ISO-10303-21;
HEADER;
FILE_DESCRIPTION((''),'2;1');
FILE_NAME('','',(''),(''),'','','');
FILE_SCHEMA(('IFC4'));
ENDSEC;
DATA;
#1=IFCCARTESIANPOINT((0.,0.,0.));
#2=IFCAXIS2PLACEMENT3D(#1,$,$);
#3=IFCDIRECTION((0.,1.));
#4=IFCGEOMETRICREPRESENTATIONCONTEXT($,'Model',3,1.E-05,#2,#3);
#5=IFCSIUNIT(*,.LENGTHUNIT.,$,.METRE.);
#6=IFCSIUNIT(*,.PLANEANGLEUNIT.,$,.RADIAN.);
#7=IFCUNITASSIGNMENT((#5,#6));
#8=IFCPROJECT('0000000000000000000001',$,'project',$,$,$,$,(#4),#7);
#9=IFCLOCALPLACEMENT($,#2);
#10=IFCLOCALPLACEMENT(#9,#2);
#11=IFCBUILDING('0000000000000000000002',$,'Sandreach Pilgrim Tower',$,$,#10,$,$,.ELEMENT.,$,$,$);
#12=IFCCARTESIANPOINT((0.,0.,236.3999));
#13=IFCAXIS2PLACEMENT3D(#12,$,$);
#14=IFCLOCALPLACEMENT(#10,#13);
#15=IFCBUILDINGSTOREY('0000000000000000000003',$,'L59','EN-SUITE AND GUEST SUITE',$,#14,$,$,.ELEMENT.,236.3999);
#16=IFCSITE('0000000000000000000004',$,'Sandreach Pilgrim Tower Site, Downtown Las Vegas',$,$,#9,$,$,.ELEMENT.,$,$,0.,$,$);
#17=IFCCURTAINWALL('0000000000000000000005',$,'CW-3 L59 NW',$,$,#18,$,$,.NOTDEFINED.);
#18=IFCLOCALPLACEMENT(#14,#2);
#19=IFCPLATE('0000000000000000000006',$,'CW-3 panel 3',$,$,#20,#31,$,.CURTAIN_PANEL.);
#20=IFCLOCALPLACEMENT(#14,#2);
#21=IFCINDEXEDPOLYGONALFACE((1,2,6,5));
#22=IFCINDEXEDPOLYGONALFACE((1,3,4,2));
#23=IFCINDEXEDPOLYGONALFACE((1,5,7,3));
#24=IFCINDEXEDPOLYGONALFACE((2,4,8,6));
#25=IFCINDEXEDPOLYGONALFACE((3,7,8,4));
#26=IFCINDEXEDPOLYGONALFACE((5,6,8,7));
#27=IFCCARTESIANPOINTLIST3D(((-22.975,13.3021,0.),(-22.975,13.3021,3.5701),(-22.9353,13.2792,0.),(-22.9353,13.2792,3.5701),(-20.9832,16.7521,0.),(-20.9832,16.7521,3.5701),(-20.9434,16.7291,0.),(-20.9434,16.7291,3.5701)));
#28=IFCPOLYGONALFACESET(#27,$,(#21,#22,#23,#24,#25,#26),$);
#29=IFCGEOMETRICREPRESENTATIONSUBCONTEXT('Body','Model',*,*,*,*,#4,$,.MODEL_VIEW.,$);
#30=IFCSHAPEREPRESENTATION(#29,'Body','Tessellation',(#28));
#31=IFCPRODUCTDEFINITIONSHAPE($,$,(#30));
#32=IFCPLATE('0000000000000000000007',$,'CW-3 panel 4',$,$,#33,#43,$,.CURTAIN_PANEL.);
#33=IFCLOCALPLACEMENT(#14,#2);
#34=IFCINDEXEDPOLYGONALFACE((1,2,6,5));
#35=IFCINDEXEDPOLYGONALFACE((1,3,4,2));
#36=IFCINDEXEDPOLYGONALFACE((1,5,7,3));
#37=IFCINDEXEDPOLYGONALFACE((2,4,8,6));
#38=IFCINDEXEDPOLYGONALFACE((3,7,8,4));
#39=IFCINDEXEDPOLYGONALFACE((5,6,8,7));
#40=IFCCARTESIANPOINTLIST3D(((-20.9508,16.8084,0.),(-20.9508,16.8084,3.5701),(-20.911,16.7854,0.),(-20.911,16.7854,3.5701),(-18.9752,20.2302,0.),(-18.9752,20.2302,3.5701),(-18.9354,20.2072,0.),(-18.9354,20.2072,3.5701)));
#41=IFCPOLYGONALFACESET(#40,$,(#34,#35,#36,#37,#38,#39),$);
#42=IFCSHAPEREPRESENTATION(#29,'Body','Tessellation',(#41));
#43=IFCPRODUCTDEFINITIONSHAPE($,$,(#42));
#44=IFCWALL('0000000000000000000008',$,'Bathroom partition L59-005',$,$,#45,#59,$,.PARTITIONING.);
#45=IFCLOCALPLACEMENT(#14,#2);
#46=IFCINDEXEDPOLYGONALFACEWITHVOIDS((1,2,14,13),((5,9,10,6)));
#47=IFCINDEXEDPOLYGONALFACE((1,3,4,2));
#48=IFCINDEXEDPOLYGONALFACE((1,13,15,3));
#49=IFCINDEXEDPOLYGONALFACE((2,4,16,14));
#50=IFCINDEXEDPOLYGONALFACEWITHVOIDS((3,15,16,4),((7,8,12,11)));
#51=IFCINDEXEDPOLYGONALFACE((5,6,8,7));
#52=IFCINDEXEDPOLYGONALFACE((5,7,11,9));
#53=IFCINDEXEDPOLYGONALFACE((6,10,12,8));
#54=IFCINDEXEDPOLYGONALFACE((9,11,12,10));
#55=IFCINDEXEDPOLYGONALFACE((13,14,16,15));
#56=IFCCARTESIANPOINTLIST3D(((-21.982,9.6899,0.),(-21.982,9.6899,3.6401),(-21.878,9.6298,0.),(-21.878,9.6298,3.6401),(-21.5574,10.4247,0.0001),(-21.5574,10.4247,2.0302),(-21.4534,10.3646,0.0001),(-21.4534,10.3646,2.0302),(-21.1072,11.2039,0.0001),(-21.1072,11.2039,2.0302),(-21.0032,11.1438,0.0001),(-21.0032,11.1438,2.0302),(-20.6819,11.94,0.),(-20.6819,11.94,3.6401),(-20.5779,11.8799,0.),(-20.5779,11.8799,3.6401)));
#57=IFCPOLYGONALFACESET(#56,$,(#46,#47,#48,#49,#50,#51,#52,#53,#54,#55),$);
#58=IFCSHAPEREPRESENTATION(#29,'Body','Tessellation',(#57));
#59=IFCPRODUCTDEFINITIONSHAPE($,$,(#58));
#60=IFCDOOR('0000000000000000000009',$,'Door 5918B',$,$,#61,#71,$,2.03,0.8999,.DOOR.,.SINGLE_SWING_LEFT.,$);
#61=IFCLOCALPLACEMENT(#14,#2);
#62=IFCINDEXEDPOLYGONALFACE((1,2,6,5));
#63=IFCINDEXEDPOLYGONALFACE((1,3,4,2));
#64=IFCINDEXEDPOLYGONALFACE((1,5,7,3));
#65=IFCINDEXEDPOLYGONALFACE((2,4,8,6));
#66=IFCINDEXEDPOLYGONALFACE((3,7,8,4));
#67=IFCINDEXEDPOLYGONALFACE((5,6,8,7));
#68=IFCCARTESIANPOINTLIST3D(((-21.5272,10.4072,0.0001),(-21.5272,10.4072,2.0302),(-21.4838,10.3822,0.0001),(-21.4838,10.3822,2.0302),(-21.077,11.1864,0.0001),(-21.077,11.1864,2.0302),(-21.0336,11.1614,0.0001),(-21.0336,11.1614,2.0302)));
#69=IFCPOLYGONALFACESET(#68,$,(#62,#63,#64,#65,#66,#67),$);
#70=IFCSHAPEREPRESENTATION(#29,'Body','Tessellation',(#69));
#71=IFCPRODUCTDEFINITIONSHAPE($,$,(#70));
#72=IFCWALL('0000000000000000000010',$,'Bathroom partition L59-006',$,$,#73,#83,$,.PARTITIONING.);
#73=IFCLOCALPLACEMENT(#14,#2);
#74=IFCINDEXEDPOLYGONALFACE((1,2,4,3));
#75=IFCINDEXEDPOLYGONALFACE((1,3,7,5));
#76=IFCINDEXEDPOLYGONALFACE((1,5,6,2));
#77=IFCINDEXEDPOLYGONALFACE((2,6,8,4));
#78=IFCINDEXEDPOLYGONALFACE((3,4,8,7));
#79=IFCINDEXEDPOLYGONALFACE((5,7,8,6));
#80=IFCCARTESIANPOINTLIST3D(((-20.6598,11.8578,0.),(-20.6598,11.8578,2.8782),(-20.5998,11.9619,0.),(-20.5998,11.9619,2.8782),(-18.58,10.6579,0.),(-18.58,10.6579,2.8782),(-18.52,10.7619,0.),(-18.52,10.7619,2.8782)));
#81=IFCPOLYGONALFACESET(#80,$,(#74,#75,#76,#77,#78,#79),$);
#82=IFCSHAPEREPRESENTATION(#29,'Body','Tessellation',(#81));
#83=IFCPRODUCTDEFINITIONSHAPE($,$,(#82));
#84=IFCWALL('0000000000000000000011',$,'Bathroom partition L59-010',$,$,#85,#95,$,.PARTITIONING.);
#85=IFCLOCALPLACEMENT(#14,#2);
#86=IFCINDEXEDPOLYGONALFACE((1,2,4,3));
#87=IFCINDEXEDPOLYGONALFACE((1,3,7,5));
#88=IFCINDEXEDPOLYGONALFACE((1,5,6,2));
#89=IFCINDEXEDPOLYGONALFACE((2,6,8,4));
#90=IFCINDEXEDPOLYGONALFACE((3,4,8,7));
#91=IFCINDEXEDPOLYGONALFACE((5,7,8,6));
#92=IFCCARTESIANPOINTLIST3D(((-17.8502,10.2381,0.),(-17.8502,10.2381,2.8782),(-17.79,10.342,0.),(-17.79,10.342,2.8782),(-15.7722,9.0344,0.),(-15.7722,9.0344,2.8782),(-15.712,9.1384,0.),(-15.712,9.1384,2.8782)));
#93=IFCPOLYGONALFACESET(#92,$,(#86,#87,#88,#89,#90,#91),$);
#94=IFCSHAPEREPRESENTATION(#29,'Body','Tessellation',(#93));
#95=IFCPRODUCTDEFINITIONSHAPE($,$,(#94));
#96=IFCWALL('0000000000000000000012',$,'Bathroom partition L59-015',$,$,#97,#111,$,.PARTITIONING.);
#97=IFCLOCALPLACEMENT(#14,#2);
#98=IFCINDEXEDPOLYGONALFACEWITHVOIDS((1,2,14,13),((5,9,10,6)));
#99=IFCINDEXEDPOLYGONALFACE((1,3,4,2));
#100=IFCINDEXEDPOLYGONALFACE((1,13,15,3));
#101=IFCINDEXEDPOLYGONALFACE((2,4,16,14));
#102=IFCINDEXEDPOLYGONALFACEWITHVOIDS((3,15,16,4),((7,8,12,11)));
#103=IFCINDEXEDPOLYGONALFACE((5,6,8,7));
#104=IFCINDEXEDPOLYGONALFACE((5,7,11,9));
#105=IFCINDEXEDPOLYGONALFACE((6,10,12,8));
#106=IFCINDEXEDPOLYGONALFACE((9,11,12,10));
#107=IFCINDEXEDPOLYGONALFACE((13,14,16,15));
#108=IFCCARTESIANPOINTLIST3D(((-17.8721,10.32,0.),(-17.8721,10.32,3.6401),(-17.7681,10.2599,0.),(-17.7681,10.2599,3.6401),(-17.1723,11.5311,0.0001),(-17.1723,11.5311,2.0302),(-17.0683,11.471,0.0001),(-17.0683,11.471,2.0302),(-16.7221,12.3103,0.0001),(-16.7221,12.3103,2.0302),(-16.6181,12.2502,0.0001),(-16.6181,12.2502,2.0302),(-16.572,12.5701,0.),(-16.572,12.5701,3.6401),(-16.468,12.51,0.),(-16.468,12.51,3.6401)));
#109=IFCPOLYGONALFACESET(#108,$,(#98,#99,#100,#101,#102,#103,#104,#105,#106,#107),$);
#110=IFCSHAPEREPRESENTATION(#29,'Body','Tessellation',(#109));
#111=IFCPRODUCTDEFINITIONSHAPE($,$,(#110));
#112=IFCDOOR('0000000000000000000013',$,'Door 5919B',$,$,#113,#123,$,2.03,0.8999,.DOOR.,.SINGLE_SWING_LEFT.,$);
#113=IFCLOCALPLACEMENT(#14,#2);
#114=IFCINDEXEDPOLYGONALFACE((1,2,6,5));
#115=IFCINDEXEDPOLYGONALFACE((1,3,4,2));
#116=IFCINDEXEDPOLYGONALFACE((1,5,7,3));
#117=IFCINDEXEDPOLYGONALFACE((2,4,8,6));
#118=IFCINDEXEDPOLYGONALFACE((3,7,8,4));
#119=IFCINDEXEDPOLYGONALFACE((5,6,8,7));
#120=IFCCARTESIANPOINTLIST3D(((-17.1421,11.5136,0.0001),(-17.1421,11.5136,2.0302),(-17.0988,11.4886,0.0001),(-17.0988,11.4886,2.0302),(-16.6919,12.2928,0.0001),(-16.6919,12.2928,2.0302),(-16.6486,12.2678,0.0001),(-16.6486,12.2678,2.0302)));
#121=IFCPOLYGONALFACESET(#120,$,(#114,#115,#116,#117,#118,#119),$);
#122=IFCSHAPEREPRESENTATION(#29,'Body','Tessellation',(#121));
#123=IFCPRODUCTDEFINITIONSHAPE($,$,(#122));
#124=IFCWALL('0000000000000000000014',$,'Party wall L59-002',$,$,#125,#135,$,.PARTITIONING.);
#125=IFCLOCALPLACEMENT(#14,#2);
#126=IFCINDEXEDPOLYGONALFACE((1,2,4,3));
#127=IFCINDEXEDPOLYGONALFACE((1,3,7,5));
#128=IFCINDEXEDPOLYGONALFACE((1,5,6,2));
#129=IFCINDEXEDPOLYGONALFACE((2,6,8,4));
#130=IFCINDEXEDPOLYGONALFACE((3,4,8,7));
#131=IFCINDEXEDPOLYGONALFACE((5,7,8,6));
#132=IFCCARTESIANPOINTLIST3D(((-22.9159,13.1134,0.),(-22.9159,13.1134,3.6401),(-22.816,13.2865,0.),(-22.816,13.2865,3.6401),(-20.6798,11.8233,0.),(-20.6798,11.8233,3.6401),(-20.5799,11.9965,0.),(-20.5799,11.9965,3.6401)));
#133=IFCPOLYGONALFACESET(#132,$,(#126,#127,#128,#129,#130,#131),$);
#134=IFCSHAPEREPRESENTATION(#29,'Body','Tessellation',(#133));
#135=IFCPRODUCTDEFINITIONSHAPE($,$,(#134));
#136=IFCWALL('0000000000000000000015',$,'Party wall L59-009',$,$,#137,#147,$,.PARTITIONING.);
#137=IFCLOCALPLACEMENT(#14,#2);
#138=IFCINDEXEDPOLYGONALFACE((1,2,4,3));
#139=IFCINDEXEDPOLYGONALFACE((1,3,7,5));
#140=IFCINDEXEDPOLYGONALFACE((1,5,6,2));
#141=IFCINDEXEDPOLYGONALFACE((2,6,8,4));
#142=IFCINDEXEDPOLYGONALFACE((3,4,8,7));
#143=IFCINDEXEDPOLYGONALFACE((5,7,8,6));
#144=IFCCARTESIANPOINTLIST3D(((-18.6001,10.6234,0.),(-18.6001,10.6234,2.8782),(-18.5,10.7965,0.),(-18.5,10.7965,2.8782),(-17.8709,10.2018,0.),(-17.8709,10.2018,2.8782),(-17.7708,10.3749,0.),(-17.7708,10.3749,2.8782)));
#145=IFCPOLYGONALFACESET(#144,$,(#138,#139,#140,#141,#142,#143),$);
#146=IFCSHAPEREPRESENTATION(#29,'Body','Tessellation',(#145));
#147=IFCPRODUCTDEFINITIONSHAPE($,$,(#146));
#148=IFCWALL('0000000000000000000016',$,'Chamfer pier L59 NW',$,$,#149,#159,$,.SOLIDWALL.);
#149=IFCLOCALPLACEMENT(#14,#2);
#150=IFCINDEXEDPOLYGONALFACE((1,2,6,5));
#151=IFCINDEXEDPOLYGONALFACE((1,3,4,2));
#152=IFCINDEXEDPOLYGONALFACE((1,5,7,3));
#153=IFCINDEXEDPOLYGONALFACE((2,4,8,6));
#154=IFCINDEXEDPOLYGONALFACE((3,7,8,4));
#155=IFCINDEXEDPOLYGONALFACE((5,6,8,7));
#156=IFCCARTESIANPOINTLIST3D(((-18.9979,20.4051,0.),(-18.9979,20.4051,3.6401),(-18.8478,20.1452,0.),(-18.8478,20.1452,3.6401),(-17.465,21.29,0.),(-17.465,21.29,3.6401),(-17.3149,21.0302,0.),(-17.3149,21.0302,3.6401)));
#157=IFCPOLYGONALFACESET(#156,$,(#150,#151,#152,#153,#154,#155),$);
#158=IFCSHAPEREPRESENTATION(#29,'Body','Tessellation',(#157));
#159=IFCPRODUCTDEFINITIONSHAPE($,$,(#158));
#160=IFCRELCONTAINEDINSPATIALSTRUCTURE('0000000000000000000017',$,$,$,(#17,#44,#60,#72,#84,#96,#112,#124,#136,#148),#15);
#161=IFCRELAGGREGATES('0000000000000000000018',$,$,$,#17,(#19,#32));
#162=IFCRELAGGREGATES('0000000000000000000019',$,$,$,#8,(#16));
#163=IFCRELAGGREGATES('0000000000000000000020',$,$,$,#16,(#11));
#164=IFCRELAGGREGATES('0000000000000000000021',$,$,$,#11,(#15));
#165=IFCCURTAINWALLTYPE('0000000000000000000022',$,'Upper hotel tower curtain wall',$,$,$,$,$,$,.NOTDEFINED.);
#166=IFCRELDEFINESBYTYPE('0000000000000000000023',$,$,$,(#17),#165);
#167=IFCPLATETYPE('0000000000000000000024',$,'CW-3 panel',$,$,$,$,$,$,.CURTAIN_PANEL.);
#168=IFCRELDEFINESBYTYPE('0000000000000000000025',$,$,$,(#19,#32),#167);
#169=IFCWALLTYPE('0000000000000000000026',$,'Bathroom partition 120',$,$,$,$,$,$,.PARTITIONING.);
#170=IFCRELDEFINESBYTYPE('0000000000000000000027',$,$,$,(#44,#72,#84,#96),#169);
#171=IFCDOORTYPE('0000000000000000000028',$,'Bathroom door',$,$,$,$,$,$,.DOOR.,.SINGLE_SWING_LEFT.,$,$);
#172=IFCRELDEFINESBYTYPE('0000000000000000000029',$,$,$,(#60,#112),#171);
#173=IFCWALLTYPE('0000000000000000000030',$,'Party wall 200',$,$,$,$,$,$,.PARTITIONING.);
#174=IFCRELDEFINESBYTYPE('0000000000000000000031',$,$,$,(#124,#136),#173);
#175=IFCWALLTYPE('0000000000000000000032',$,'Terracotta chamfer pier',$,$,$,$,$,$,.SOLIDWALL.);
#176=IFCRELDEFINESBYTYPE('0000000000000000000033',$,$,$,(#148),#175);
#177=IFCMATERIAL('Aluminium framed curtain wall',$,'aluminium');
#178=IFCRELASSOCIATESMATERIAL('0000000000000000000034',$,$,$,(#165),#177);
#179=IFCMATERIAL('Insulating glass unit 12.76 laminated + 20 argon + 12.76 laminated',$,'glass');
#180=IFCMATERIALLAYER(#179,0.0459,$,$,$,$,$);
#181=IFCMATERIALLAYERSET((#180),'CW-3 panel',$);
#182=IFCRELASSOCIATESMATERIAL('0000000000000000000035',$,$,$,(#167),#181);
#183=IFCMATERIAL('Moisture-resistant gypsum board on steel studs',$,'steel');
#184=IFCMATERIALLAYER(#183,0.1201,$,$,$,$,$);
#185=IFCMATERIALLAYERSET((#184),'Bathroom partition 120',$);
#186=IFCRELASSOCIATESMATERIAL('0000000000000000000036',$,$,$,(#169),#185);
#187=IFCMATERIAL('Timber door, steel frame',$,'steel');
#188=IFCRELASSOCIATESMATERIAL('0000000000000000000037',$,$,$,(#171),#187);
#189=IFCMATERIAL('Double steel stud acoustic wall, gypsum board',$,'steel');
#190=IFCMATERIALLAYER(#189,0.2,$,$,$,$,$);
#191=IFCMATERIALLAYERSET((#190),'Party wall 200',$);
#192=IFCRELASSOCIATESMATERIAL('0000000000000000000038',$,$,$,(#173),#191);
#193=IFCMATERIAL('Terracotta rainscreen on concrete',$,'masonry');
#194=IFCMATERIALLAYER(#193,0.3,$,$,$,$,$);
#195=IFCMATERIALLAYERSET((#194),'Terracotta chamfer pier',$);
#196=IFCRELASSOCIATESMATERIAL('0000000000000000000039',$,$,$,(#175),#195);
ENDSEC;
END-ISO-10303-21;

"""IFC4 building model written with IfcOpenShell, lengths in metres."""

from ifc_helpers import new_model, si_unit, direction, frame, frame_2d, origin, origin_2d, place, context, subcontext, project, spatial, rectangle, extrude, material, layer, layer_set, type_object, element, fill, aggregate, save


model = new_model("IFC4")

# Units and contexts
model_context = context("Model", 3, precision=1e-05, world=origin(), true_north=direction((0.0, 1.0)))
body_context = subcontext(model_context, "Body", "Model", "MODEL_VIEW")
ifc_project = project(units=[si_unit("LENGTHUNIT", "METRE"), si_unit("PLANEANGLEUNIT", "RADIAN")], contexts=[model_context])

# Site, building, storey
site_placement = place(None, origin())
site = spatial("IfcSite", under=ifc_project, at=site_placement, Name="Sandreach Pilgrim Tower Site, Downtown Las Vegas", CompositionType="ELEMENT", RefElevation=0.0)
building_placement = place(site_placement, origin())
building = spatial("IfcBuilding", under=site, at=building_placement, Name="Sandreach Pilgrim Tower", CompositionType="ELEMENT")
storey_placement = place(building_placement, frame((0.0, 0.0, 236.3999)))
storey = spatial("IfcBuildingStorey", under=building, at=storey_placement, Name="L59", Description="EN-SUITE AND GUEST SUITE", CompositionType="ELEMENT", Elevation=236.3999)

# Shared definitions
ifc_material_1 = material(Name="Aluminium framed curtain wall", Category="aluminium")
curtain_wall_type = type_object("IfcCurtainWallType", Name="Upper hotel tower curtain wall", PredefinedType="NOTDEFINED", material=ifc_material_1)

# Curtain wall
curtain_wall_1_placement = place(storey_placement, origin())
curtain_wall_1 = element("IfcCurtainWall", 1, at=curtain_wall_1_placement, inside=storey, type_object=curtain_wall_type, Name="CW-3 L59 NW", PredefinedType="NOTDEFINED")

# Plates
ifc_material_2 = material(Name="Insulating glass unit 12.76 laminated + 20 argon + 12.76 laminated", Category="glass")
ifc_layer_1 = layer(ifc_material_2, 0.0459)
ifc_layer_set_1 = layer_set([ifc_layer_1], Name="CW-3 panel")
plate_type = type_object("IfcPlateType", Name="CW-3 panel", PredefinedType="CURTAIN_PANEL", material=ifc_layer_set_1)
plate_1_placement = place(storey_placement, frame((-21.9592, 15.0156, 0.0), z_axis=(0.0, 0.0, 1.0), x_axis=(0.5, 0.866025, 0.0)))
plate_1 = element("IfcPlate", 2, at=plate_1_placement, type_object=plate_type, Name="CW-3 panel 3", PredefinedType="CURTAIN_PANEL", context=body_context, shape_type="SweptSolid", body=[
    extrude(rectangle(XDim=3.9836, YDim=0.0459, at=origin_2d()), origin(), (0.0, 0.0, 1.0), 3.5701),
])
plate_2_placement = place(storey_placement, frame((-19.9431, 18.5078, 0.0), z_axis=(0.0, 0.0, 1.0), x_axis=(0.5, 0.866025, 0.0)))
plate_2 = element("IfcPlate", 3, at=plate_2_placement, type_object=plate_type, Name="CW-3 panel 4", PredefinedType="CURTAIN_PANEL", context=body_context, shape_type="SweptSolid", body=[
    extrude(rectangle(XDim=3.9512, YDim=0.0459, at=origin_2d()), origin(), (0.0, 0.0, 1.0), 3.5701),
])
aggregate(curtain_wall_1, [plate_1, plate_2])

# Wall, opening, door
ifc_material_3 = material(Name="Moisture-resistant gypsum board on steel studs", Category="steel")
ifc_layer_2 = layer(ifc_material_3, 0.1201)
ifc_layer_set_2 = layer_set([ifc_layer_2], Name="Bathroom partition 120")
wall_type_1 = type_object("IfcWallType", Name="Bathroom partition 120", PredefinedType="PARTITIONING", material=ifc_layer_set_2)
wall_1_placement = place(storey_placement, frame((-20.6299, 11.9099, 0.0), z_axis=(0.0, 0.0, 1.0), x_axis=(-0.500292, -0.865857, 0.0)))
wall_1 = element("IfcWall", 4, at=wall_1_placement, inside=storey, type_object=wall_type_1, Name="Bathroom partition L59-005", PredefinedType="PARTITIONING", context=body_context, shape_type="SweptSolid", body=[
    extrude(rectangle(XDim=2.5986, YDim=0.1201, at=frame_2d((1.2993, 0.0))), origin(), (0.0, 0.0, 1.0), 3.6401),
])
opening_1_placement = place(wall_1_placement, frame((0.8501, 0.0, 0.0)))
opening_1 = element("IfcOpeningElement", 5, at=opening_1_placement, cuts=wall_1, PredefinedType="OPENING", context=body_context, shape_type="SweptSolid", body=[
    extrude(rectangle(XDim=0.8999, YDim=2.03, at=frame_2d((0.45, 1.0151))), frame((0.0, 0.0601, 0.0), z_axis=(0.0, -1.0, 0.0), x_axis=(1.0, 0.0, 0.0)), (0.0, 0.0, 1.0), 0.1201),
])
ifc_material_4 = material(Name="Timber door, steel frame", Category="steel")
door_type = type_object("IfcDoorType", Name="Bathroom door", OperationType="SINGLE_SWING_LEFT", PredefinedType="DOOR", material=ifc_material_4)
door_1_placement = place(opening_1_placement, origin())
door_1 = element("IfcDoor", 6, at=door_1_placement, inside=storey, type_object=door_type, Name="Door 5918B", OperationType="SINGLE_SWING_LEFT", OverallHeight=2.03, OverallWidth=0.8999, PredefinedType="DOOR", context=body_context, shape_type="SweptSolid", body=[
    extrude(rectangle(XDim=0.8999, YDim=2.03, at=frame_2d((0.45, 1.0151))), frame((0.0, 0.0249, 0.0), z_axis=(0.0, -1.0, 0.0), x_axis=(1.0, 0.0, 0.0)), (0.0, 0.0, 1.0), 0.05),
])
fill(opening_1, door_1)

# Walls
wall_2_placement = place(storey_placement, frame((-20.6299, 11.9099, 0.0), z_axis=(0.0, 0.0, 1.0), x_axis=(0.866177, -0.499737, 0.0)))
element("IfcWall", 7, at=wall_2_placement, inside=storey, type_object=wall_type_1, Name="Bathroom partition L59-006", PredefinedType="PARTITIONING", context=body_context, shape_type="SweptSolid", body=[
    extrude(rectangle(XDim=2.4011, YDim=0.1201, at=frame_2d((1.2007, 0.0))), origin(), (0.0, 0.0, 1.0), 2.8782),
])
wall_3_placement = place(storey_placement, frame((-17.8201, 10.29, 0.0), z_axis=(0.0, 0.0, 1.0), x_axis=(0.865313, -0.501233, 0.0)))
element("IfcWall", 8, at=wall_3_placement, inside=storey, type_object=wall_type_1, Name="Bathroom partition L59-010", PredefinedType="PARTITIONING", context=body_context, shape_type="SweptSolid", body=[
    extrude(rectangle(XDim=2.4014, YDim=0.1201, at=frame_2d((1.2007, 0.0))), origin(), (0.0, 0.0, 1.0), 2.8782),
])

# Wall, opening, door
wall_4_placement = place(storey_placement, frame((-16.52, 12.54, 0.0), z_axis=(0.0, 0.0, 1.0), x_axis=(-0.500292, -0.865857, 0.0)))
wall_4 = element("IfcWall", 9, at=wall_4_placement, inside=storey, type_object=wall_type_1, Name="Bathroom partition L59-015", PredefinedType="PARTITIONING", context=body_context, shape_type="SweptSolid", body=[
    extrude(rectangle(XDim=2.5986, YDim=0.1201, at=frame_2d((1.2993, 0.0))), origin(), (0.0, 0.0, 1.0), 3.6401),
])
opening_2_placement = place(wall_4_placement, frame((0.3, 0.0, 0.0)))
opening_2 = element("IfcOpeningElement", 10, at=opening_2_placement, cuts=wall_4, PredefinedType="OPENING", context=body_context, shape_type="SweptSolid", body=[
    extrude(rectangle(XDim=0.8999, YDim=2.03, at=frame_2d((0.45, 1.0151))), frame((0.0, 0.0601, 0.0), z_axis=(0.0, -1.0, 0.0), x_axis=(1.0, 0.0, 0.0)), (0.0, 0.0, 1.0), 0.1201),
])
door_2_placement = place(opening_2_placement, origin())
door_2 = element("IfcDoor", 11, at=door_2_placement, inside=storey, type_object=door_type, Name="Door 5919B", OperationType="SINGLE_SWING_LEFT", OverallHeight=2.03, OverallWidth=0.8999, PredefinedType="DOOR", context=body_context, shape_type="SweptSolid", body=[
    extrude(rectangle(XDim=0.8999, YDim=2.03, at=frame_2d((0.45, 1.0151))), frame((0.0, 0.0249, 0.0), z_axis=(0.0, -1.0, 0.0), x_axis=(1.0, 0.0, 0.0)), (0.0, 0.0, 1.0), 0.05),
])
fill(opening_2, door_2)

# Walls
ifc_material_5 = material(Name="Double steel stud acoustic wall, gypsum board", Category="steel")
ifc_layer_3 = layer(ifc_material_5, 0.2)
ifc_layer_set_3 = layer_set([ifc_layer_3], Name="Party wall 200")
wall_type_2 = type_object("IfcWallType", Name="Party wall 200", PredefinedType="PARTITIONING", material=ifc_layer_set_3)
wall_5_placement = place(storey_placement, frame((-22.866, 13.2, 0.0), z_axis=(0.0, 0.0, 1.0), x_axis=(0.866187, -0.49972, 0.0)))
element("IfcWall", 12, at=wall_5_placement, inside=storey, type_object=wall_type_2, Name="Party wall L59-002", PredefinedType="PARTITIONING", context=body_context, shape_type="SweptSolid", body=[
    extrude(rectangle(XDim=2.5815, YDim=0.2, at=frame_2d((1.2908, 0.0))), origin(), (0.0, 0.0, 1.0), 3.6401),
])
wall_6_placement = place(storey_placement, frame((-18.55, 10.71, 0.0), z_axis=(0.0, 0.0, 1.0), x_axis=(0.865717, -0.500533, 0.0)))
element("IfcWall", 13, at=wall_6_placement, inside=storey, type_object=wall_type_2, Name="Party wall L59-009", PredefinedType="PARTITIONING", context=body_context, shape_type="SweptSolid", body=[
    extrude(rectangle(XDim=0.8423, YDim=0.2, at=frame_2d((0.4211, 0.0))), origin(), (0.0, 0.0, 1.0), 2.8782),
])
ifc_material_6 = material(Name="Terracotta rainscreen on concrete", Category="masonry")
ifc_layer_4 = layer(ifc_material_6, 0.3)
ifc_layer_set_4 = layer_set([ifc_layer_4], Name="Terracotta chamfer pier")
wall_type_3 = type_object("IfcWallType", Name="Terracotta chamfer pier", PredefinedType="SOLIDWALL", material=ifc_layer_set_4)
wall_7_placement = place(storey_placement, frame((-18.9229, 20.2751, 0.0), z_axis=(0.0, 0.0, 1.0), x_axis=(0.866036, 0.499981, 0.0)))
element("IfcWall", 14, at=wall_7_placement, inside=storey, type_object=wall_type_3, Name="Chamfer pier L59 NW", PredefinedType="SOLIDWALL", context=body_context, shape_type="SweptSolid", body=[
    extrude(rectangle(XDim=1.77, YDim=0.3, at=frame_2d((0.885, 0.0))), origin(), (0.0, 0.0, 1.0), 3.6401),
])

save(model, "model.ifc")
